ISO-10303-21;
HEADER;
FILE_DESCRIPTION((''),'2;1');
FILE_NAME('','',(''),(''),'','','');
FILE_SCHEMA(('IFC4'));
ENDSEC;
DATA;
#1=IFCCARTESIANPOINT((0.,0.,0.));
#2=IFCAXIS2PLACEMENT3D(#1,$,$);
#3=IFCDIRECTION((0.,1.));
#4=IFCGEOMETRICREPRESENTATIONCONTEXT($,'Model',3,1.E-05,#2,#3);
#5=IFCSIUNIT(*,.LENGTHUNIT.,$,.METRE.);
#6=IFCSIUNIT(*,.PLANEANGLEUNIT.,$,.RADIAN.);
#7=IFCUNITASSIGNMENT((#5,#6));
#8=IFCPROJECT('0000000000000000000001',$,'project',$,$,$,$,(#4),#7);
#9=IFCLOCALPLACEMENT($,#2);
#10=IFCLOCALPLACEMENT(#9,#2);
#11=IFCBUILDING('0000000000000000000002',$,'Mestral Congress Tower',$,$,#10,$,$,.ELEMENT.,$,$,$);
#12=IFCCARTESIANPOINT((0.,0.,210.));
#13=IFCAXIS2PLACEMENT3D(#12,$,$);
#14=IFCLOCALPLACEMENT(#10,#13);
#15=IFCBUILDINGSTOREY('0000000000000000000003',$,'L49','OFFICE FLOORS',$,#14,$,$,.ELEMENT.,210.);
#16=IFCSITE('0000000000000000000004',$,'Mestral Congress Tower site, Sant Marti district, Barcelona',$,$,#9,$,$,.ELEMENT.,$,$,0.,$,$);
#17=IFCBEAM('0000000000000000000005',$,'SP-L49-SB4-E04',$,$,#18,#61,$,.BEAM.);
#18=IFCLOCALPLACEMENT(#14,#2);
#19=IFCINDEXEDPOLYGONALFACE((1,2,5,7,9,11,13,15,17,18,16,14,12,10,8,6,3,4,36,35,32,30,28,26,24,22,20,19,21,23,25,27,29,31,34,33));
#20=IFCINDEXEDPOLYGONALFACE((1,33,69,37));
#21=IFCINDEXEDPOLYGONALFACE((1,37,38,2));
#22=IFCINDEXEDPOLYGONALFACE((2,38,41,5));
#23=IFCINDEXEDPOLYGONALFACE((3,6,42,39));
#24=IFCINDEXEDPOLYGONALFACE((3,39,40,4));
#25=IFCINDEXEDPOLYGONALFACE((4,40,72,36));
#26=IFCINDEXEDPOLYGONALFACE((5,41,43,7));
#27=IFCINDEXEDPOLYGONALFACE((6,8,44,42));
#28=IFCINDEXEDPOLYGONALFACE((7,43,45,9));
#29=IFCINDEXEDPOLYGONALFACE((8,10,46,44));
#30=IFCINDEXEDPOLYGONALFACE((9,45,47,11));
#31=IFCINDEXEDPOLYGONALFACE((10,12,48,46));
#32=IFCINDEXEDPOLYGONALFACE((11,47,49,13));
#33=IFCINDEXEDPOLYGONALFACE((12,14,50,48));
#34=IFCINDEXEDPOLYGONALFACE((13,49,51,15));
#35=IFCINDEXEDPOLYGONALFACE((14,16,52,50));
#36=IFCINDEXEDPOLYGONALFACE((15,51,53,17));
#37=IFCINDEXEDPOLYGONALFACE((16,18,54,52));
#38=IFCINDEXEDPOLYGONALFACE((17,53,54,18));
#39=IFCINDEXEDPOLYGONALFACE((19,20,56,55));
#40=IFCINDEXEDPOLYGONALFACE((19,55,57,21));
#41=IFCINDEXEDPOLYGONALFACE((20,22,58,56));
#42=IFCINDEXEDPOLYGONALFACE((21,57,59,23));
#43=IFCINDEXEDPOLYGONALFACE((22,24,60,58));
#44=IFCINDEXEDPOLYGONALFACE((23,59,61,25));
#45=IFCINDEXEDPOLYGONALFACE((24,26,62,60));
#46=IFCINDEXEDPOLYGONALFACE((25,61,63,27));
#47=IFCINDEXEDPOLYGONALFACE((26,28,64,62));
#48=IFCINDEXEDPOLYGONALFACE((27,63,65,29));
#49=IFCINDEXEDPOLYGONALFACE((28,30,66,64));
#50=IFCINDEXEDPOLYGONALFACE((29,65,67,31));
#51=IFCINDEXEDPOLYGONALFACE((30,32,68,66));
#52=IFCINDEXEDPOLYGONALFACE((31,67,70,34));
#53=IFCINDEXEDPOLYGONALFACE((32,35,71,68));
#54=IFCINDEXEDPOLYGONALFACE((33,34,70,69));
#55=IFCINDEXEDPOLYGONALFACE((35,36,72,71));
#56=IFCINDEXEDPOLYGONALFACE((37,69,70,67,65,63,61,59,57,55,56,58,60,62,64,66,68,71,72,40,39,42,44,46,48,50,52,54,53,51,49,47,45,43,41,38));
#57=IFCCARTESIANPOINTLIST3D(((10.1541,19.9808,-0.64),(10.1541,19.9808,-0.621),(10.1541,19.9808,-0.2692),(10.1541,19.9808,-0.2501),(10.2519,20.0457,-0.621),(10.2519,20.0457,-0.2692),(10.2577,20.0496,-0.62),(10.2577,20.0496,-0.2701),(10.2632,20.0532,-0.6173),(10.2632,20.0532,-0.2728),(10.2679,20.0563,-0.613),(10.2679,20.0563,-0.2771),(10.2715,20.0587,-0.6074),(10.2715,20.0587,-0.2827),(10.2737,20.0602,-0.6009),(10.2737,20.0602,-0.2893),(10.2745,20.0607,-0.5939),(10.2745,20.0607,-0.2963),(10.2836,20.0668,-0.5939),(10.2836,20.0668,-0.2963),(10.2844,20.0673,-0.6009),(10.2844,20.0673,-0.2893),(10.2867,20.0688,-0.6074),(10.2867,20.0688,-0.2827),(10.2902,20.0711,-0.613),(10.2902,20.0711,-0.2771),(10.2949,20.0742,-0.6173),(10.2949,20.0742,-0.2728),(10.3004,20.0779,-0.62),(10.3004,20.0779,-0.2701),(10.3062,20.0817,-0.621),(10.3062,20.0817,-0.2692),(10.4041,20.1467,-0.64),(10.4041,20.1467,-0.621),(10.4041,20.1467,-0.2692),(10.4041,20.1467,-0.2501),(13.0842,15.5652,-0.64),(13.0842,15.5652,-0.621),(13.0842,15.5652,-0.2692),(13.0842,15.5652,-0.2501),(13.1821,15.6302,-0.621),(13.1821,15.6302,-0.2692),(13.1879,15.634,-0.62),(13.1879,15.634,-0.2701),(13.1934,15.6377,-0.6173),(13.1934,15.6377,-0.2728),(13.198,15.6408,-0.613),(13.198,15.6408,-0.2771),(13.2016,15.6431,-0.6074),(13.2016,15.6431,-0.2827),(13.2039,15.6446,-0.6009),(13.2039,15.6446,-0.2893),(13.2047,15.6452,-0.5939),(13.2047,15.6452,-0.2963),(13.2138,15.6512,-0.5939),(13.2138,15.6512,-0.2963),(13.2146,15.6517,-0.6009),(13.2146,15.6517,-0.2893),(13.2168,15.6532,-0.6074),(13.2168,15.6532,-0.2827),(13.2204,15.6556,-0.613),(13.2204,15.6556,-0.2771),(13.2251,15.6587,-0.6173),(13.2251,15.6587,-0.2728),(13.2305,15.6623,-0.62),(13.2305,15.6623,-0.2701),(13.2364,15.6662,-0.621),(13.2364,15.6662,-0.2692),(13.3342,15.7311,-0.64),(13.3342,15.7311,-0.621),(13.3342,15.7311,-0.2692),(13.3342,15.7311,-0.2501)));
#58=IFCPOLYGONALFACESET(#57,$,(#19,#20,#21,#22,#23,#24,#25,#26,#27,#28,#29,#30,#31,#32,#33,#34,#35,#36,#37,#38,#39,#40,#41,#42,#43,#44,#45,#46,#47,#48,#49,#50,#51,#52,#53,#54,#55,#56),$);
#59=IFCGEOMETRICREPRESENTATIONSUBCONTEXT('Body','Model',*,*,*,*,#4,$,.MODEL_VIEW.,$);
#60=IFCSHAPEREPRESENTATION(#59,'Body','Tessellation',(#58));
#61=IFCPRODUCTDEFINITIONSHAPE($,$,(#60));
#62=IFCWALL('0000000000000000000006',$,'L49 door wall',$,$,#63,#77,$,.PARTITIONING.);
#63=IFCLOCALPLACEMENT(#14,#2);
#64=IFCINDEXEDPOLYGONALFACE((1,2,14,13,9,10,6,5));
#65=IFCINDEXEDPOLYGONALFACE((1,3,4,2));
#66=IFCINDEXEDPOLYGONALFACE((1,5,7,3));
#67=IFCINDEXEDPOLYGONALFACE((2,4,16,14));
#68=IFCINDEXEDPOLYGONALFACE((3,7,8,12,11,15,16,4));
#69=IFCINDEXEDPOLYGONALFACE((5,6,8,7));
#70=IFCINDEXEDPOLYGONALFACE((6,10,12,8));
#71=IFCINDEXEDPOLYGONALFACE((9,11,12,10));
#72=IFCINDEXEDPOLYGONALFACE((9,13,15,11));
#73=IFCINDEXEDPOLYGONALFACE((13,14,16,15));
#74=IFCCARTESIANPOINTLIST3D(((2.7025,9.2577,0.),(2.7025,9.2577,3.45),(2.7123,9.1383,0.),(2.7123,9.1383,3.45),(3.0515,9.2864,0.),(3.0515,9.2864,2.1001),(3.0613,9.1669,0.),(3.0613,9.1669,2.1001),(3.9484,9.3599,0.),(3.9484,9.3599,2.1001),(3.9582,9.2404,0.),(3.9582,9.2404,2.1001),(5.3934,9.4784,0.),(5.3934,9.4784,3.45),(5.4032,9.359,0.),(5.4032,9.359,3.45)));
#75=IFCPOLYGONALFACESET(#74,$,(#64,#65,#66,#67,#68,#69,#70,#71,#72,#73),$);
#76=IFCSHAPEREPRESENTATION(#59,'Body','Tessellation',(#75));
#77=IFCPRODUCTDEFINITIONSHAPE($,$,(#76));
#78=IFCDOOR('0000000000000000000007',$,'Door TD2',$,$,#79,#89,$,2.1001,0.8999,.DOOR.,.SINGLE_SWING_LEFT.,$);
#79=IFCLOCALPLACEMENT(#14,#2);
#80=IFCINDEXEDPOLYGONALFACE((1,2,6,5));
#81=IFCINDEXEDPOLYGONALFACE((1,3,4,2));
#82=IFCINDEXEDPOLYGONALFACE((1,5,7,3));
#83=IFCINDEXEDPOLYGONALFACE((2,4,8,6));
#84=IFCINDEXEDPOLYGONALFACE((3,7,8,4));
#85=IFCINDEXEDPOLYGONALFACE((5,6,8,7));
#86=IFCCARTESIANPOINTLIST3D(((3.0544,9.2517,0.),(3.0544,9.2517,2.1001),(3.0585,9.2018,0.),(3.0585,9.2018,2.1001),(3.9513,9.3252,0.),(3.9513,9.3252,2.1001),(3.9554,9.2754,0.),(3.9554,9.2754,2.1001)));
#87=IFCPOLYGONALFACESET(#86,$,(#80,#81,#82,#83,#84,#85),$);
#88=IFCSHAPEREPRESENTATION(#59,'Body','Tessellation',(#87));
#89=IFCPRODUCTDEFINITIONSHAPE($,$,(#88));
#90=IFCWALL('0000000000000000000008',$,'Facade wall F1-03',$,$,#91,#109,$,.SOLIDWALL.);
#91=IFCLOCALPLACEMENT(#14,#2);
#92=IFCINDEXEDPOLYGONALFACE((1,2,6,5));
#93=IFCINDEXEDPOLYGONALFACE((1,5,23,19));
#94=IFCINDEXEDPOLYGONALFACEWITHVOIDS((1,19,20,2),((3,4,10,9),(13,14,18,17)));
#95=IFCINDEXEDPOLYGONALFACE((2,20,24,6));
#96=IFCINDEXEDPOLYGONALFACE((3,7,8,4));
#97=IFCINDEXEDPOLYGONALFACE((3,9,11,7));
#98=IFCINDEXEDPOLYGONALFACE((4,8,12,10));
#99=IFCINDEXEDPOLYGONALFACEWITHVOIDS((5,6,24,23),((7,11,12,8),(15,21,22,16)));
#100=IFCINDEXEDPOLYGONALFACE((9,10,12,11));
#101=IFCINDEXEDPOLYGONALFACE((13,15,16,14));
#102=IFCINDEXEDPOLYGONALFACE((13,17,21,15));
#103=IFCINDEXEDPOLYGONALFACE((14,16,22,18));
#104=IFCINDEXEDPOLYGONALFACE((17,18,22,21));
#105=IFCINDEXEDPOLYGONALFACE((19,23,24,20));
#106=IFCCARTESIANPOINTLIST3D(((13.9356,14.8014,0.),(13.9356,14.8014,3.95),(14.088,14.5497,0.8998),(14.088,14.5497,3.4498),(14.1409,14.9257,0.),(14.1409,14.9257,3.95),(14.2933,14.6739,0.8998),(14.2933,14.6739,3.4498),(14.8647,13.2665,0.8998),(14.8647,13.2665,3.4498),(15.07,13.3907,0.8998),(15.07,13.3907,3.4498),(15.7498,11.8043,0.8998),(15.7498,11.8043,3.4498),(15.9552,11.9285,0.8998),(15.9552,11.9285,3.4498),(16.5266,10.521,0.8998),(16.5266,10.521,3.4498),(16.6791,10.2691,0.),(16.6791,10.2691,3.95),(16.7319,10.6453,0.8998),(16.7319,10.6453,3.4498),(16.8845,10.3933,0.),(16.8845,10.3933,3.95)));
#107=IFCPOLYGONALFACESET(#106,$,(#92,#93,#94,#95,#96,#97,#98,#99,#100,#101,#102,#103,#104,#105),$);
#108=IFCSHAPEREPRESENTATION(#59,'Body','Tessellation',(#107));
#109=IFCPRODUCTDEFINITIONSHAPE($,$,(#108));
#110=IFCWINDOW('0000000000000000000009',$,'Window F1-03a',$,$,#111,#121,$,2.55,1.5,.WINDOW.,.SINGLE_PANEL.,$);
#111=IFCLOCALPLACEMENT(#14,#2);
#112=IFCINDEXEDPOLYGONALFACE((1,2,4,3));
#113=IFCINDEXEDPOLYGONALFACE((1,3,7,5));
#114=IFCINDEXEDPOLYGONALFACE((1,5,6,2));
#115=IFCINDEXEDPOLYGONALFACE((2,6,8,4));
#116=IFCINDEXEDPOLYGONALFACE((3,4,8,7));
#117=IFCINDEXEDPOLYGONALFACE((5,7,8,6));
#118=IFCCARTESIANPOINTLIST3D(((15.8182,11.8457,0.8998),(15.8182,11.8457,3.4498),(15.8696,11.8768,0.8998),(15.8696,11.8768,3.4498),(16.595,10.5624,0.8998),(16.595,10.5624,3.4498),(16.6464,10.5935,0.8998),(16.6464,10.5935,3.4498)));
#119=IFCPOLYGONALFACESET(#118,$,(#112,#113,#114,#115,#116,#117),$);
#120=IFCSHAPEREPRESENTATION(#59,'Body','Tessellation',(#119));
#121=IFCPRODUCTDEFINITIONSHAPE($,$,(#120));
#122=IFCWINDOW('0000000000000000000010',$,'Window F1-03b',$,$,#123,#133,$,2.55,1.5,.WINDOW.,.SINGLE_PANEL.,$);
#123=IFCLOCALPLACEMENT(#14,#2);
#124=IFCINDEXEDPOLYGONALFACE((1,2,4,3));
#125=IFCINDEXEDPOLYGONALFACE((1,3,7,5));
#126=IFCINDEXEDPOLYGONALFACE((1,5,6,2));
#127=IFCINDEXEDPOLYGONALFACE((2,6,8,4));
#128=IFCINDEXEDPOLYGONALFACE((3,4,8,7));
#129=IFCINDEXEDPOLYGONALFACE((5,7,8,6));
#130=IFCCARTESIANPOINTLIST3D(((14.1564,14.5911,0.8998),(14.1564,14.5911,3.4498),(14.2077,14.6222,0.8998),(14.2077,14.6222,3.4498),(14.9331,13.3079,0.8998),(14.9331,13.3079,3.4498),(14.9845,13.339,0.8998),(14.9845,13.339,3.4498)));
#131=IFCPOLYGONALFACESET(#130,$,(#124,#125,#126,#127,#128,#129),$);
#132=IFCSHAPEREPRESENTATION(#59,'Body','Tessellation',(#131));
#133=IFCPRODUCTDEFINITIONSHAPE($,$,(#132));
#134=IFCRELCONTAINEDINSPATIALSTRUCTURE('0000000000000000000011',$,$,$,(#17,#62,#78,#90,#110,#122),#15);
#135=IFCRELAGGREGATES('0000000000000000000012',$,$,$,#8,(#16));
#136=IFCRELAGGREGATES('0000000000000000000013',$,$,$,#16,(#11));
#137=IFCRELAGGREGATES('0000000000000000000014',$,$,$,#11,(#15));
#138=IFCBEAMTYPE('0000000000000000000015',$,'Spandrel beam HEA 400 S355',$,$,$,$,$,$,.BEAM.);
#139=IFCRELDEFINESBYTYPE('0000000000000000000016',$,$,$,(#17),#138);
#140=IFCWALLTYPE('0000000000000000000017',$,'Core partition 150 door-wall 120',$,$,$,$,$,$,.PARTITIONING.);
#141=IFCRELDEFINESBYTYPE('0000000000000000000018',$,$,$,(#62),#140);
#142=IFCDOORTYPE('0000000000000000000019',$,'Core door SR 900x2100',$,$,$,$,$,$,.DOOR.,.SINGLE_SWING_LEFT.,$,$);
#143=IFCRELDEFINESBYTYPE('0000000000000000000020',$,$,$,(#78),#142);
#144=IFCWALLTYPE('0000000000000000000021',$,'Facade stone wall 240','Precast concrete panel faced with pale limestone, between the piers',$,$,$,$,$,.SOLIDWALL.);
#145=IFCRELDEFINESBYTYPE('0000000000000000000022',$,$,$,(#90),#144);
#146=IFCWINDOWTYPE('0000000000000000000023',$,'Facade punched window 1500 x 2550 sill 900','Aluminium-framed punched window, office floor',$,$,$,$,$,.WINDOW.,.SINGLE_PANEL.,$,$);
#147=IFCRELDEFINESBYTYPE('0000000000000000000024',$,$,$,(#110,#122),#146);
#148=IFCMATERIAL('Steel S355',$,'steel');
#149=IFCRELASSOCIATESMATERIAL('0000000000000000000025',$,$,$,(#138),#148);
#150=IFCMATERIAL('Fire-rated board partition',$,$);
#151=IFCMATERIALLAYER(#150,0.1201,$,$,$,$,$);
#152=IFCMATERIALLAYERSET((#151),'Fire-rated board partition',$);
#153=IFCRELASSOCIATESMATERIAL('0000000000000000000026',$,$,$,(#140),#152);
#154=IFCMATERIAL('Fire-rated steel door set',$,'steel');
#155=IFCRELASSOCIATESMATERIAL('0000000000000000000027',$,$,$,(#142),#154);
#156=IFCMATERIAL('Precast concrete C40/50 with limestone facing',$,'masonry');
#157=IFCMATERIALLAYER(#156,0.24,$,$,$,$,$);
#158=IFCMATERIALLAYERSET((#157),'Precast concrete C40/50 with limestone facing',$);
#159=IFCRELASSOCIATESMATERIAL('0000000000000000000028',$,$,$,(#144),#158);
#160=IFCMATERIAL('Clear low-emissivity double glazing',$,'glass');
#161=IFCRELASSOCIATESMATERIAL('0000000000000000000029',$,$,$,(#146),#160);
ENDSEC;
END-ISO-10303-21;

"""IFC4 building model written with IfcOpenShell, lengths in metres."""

from ifc_helpers import new_model, si_unit, direction, frame, frame_2d, origin, origin_2d, place, context, subcontext, project, spatial, rectangle, i_section, extrude, material, layer, layer_set, material_profile, profile_set, type_object, element, fill, save


model = new_model("IFC4")

# Units and contexts
model_context = context("Model", 3, precision=1e-05, world=origin(), true_north=direction((0.0, 1.0)))
body_context = subcontext(model_context, "Body", "Model", "MODEL_VIEW")
ifc_project = project(units=[si_unit("LENGTHUNIT", "METRE"), si_unit("PLANEANGLEUNIT", "RADIAN")], contexts=[model_context])

# Site, building, storey
site_placement = place(None, origin())
site = spatial("IfcSite", under=ifc_project, at=site_placement, Name="Mestral Congress Tower site, Sant Marti district, Barcelona", CompositionType="ELEMENT", RefElevation=0.0)
building_placement = place(site_placement, origin())
building = spatial("IfcBuilding", under=site, at=building_placement, Name="Mestral Congress Tower", CompositionType="ELEMENT")
storey_placement = place(building_placement, frame((0.0, 0.0, 210.0)))
storey = spatial("IfcBuildingStorey", under=building, at=storey_placement, Name="L49", Description="OFFICE FLOORS", CompositionType="ELEMENT", Elevation=210.0)

# Beam
ifc_material_1 = material(Name="Steel S355", Category="steel")
ifc_material_profile_1 = material_profile(ifc_material_1, i_section(OverallWidth=0.3, OverallDepth=0.3899, WebThickness=0.011, FlangeThickness=0.019, FilletRadius=0.0271, at=origin_2d()), Name="HEA 400")
ifc_profile_set_1 = profile_set([ifc_material_profile_1], Name="Steel S355")
beam_type_1 = type_object("IfcBeamType", Name="Spandrel beam HEA 400 S355", PredefinedType="BEAM", material=ifc_profile_set_1)
for number, where, z_axis, x_axis, name in (
    (1, (13.2092, 15.6482, -0.4451), (-0.552934, 0.833225, 0.0), (-0.833225, -0.552934, 0.0), "SP-L49-SB4-E04"),
):
    element("IfcBeam", number, at=place(storey_placement, frame(where, z_axis=z_axis, x_axis=x_axis)), inside=storey, type_object=beam_type_1, Name=name, PredefinedType="BEAM", context=body_context, shape_type="SweptSolid", body=[
        extrude(i_section(OverallWidth=0.3, OverallDepth=0.3899, WebThickness=0.011, FlangeThickness=0.019, FilletRadius=0.0271, at=origin_2d()), origin(), (0.0, 0.0, 1.0), 5.2993),
    ])

# Wall, opening, door
ifc_material_2 = material(Name="Fire-rated board partition")
ifc_layer_1 = layer(ifc_material_2, 0.1201)
ifc_layer_set_1 = layer_set([ifc_layer_1], Name="Fire-rated board partition")
wall_type_1 = type_object("IfcWallType", Name="Core partition 150 door-wall 120", PredefinedType="PARTITIONING", material=ifc_layer_set_1)
wall_1_placement = place(storey_placement, frame((5.3984, 9.4187, 0.0), z_axis=(0.0, 0.0, 1.0), x_axis=(-0.996653, -0.081743, 0.0)))
wall_1 = element("IfcWall", 2, at=wall_1_placement, inside=storey, type_object=wall_type_1, Name="L49 door wall", PredefinedType="PARTITIONING", context=body_context, shape_type="SweptSolid", body=[
    extrude(rectangle(XDim=2.7, YDim=0.1199, at=frame_2d((1.3501, 0.0))), origin(), (0.0, 0.0, 1.0), 3.45),
])
opening_1_placement = place(wall_1_placement, frame((1.45, 0.0, 0.0)))
opening_1 = element("IfcOpeningElement", 3, at=opening_1_placement, cuts=wall_1, PredefinedType="OPENING", context=body_context, shape_type="SweptSolid", body=[
    extrude(rectangle(XDim=0.8999, YDim=2.1001, at=frame_2d((0.45, 1.05))), frame((0.0, 0.0698, 0.0), z_axis=(0.0, -1.0, 0.0), x_axis=(1.0, 0.0, 0.0)), (0.0, 0.0, 1.0), 0.1399),
])
ifc_material_3 = material(Name="Fire-rated steel door set", Category="steel")
door_type_1 = type_object("IfcDoorType", Name="Core door SR 900x2100", OperationType="SINGLE_SWING_LEFT", PredefinedType="DOOR", material=ifc_material_3)
door_1_placement = place(opening_1_placement, origin())
door_1 = element("IfcDoor", 4, at=door_1_placement, inside=storey, type_object=door_type_1, Name="Door TD2", OperationType="SINGLE_SWING_LEFT", OverallHeight=2.1001, OverallWidth=0.8999, PredefinedType="DOOR", context=body_context, shape_type="SweptSolid", body=[
    extrude(rectangle(XDim=0.8999, YDim=2.1001, at=frame_2d((0.45, 1.05))), frame((0.0, 0.0249, 0.0), z_axis=(0.0, -1.0, 0.0), x_axis=(1.0, 0.0, 0.0)), (0.0, 0.0, 1.0), 0.05),
])
fill(opening_1, door_1)

# Wall, openings, windows
ifc_material_4 = material(Name="Precast concrete C40/50 with limestone facing", Category="masonry")
ifc_layer_2 = layer(ifc_material_4, 0.24)
ifc_layer_set_2 = layer_set([ifc_layer_2], Name="Precast concrete C40/50 with limestone facing")
wall_type_2 = type_object("IfcWallType", Name="Facade stone wall 240", Description="Precast concrete panel faced with pale limestone, between the piers", PredefinedType="SOLIDWALL", material=ifc_layer_set_2)
wall_2_placement = place(storey_placement, frame((16.7817, 10.3313, 0.0), z_axis=(0.0, 0.0, 1.0), x_axis=(-0.517846, 0.855474, 0.0)))
wall_2 = element("IfcWall", 5, at=wall_2_placement, inside=storey, type_object=wall_type_2, Name="Facade wall F1-03", PredefinedType="SOLIDWALL", context=body_context, shape_type="SweptSolid", body=[
    extrude(rectangle(XDim=5.2981, YDim=0.24, at=frame_2d((2.6489, 0.0))), origin(), (0.0, 0.0, 1.0), 3.95),
])
opening_2_placement = place(wall_2_placement, frame((0.2944, 0.0, 0.8999)))
opening_2 = element("IfcOpeningElement", 6, at=opening_2_placement, cuts=wall_2, PredefinedType="OPENING", context=body_context, shape_type="SweptSolid", body=[
    extrude(rectangle(XDim=1.5, YDim=2.55, at=frame_2d((0.75, 1.2749))), frame((0.0, 0.1299, 0.0), z_axis=(0.0, -1.0, 0.0), x_axis=(1.0, 0.0, 0.0)), (0.0, 0.0, 1.0), 0.26),
])
opening_3_placement = place(wall_2_placement, frame((3.5037, 0.0, 0.8999)))
opening_3 = element("IfcOpeningElement", 7, at=opening_3_placement, cuts=wall_2, PredefinedType="OPENING", context=body_context, shape_type="SweptSolid", body=[
    extrude(rectangle(XDim=1.5, YDim=2.55, at=frame_2d((0.75, 1.2749))), frame((0.0, 0.1299, 0.0), z_axis=(0.0, -1.0, 0.0), x_axis=(1.0, 0.0, 0.0)), (0.0, 0.0, 1.0), 0.26),
])
ifc_material_5 = material(Name="Clear low-emissivity double glazing", Category="glass")
window_type = type_object("IfcWindowType", Name="Facade punched window 1500 x 2550 sill 900", Description="Aluminium-framed punched window, office floor", PartitioningType="SINGLE_PANEL", PredefinedType="WINDOW", material=ifc_material_5)
window_1_placement = place(opening_2_placement, origin())
window_1 = element("IfcWindow", 8, at=window_1_placement, inside=storey, type_object=window_type, Name="Window F1-03a", OverallHeight=2.55, OverallWidth=1.5, PartitioningType="SINGLE_PANEL", PredefinedType="WINDOW", context=body_context, shape_type="SweptSolid", body=[
    extrude(rectangle(XDim=1.5, YDim=2.55, at=frame_2d((0.75, 1.2749))), frame((0.0, 0.04, 0.0), z_axis=(0.0, -1.0, 0.0), x_axis=(1.0, 0.0, 0.0)), (0.0, 0.0, 1.0), 0.0601),
])
fill(opening_2, window_1)
window_2_placement = place(opening_3_placement, origin())
window_2 = element("IfcWindow", 9, at=window_2_placement, inside=storey, type_object=window_type, Name="Window F1-03b", OverallHeight=2.55, OverallWidth=1.5, PartitioningType="SINGLE_PANEL", PredefinedType="WINDOW", context=body_context, shape_type="SweptSolid", body=[
    extrude(rectangle(XDim=1.5, YDim=2.55, at=frame_2d((0.75, 1.2749))), frame((0.0, 0.04, 0.0), z_axis=(0.0, -1.0, 0.0), x_axis=(1.0, 0.0, 0.0)), (0.0, 0.0, 1.0), 0.0601),
])
fill(opening_3, window_2)

save(model, "model.ifc")
